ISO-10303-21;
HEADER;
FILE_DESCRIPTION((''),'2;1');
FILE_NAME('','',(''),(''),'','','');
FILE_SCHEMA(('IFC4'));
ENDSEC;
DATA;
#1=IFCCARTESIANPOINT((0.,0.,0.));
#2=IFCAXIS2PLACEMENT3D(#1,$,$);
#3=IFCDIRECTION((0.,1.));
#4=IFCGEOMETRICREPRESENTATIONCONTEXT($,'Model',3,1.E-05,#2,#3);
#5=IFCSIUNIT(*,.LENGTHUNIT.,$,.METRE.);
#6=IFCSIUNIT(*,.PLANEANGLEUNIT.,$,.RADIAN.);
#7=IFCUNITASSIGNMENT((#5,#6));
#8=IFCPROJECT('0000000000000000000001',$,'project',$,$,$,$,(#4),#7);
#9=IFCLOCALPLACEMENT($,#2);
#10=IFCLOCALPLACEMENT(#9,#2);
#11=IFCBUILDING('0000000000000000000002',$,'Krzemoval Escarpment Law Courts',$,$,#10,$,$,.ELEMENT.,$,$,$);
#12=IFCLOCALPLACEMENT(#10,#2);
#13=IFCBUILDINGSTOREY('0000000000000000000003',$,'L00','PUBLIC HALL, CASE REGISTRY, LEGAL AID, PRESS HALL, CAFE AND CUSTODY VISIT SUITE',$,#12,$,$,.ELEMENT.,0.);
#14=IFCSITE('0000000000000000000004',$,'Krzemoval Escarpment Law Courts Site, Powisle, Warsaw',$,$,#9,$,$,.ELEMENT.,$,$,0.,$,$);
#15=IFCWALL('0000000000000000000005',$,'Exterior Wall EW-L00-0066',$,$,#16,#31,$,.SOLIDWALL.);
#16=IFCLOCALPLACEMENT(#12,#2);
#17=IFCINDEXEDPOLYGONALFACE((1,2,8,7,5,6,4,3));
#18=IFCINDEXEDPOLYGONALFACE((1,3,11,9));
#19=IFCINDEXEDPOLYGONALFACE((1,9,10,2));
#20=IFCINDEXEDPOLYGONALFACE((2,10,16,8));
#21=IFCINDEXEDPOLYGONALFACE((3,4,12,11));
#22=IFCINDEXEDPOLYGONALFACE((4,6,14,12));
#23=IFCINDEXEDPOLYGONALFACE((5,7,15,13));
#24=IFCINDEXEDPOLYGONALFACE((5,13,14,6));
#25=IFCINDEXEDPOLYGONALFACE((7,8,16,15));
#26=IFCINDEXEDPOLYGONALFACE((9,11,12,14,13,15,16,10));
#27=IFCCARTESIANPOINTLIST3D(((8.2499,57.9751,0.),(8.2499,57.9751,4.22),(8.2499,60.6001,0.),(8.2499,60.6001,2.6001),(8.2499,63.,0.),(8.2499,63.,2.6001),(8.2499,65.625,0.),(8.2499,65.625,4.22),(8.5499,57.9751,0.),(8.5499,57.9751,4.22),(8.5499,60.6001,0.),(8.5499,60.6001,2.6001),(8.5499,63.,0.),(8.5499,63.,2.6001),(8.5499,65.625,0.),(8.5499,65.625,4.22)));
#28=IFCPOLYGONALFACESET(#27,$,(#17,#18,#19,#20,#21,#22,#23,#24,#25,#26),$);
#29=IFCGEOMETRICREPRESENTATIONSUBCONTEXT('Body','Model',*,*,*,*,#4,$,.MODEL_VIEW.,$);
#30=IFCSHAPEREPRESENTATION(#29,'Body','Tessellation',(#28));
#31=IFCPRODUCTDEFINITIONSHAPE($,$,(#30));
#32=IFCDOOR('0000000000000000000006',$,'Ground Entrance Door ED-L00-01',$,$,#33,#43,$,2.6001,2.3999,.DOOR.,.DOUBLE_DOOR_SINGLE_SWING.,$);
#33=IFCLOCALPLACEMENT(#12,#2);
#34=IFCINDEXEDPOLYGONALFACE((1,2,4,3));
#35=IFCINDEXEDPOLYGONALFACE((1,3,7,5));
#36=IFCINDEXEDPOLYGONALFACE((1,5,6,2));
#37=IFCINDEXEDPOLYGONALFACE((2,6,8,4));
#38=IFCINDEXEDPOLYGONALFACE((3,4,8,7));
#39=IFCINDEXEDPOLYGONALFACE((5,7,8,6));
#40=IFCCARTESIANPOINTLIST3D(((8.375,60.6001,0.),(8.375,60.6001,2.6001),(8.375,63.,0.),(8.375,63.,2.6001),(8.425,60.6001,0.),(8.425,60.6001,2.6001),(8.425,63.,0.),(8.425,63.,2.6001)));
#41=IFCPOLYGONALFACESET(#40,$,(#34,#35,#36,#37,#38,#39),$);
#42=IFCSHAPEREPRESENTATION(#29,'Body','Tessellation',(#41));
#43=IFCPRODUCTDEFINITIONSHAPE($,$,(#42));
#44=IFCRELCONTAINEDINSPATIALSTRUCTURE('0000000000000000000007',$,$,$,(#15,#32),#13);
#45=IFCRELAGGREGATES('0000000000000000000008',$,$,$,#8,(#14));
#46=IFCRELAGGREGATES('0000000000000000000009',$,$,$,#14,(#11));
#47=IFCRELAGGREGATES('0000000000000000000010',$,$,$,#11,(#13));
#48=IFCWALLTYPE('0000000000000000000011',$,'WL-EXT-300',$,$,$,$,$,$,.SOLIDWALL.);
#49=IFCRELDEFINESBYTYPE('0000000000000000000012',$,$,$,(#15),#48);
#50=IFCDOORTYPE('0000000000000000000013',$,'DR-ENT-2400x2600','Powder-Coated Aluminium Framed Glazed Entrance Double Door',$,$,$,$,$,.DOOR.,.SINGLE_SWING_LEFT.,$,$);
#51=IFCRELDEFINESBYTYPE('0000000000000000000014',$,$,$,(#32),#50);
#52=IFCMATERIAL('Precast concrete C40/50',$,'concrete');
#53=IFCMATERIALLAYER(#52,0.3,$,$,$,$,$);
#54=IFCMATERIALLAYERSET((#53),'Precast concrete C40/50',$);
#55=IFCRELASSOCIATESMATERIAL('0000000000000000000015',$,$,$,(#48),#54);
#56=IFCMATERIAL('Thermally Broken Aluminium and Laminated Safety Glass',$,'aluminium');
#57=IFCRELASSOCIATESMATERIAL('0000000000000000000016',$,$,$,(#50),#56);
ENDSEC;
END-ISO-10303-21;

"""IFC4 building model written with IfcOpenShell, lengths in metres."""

from ifc_helpers import new_model, si_unit, direction, frame, frame_2d, origin, place, context, subcontext, project, spatial, rectangle, extrude, material, layer, layer_set, type_object, element, fill, save


model = new_model("IFC4")

# Units and contexts
model_context = context("Model", 3, precision=1e-05, world=origin(), true_north=direction((0.0, 1.0)))
body_context = subcontext(model_context, "Body", "Model", "MODEL_VIEW")
ifc_project = project(units=[si_unit("LENGTHUNIT", "METRE"), si_unit("PLANEANGLEUNIT", "RADIAN")], contexts=[model_context])

# Site, building, storey
site_placement = place(None, origin())
site = spatial("IfcSite", under=ifc_project, at=site_placement, Name="Krzemoval Escarpment Law Courts Site, Powisle, Warsaw", CompositionType="ELEMENT", RefElevation=0.0)
building_placement = place(site_placement, origin())
building = spatial("IfcBuilding", under=site, at=building_placement, Name="Krzemoval Escarpment Law Courts", CompositionType="ELEMENT")
storey_placement = place(building_placement, origin())
storey = spatial("IfcBuildingStorey", under=building, at=storey_placement, Name="L00", Description="PUBLIC HALL, CASE REGISTRY, LEGAL AID, PRESS HALL, CAFE AND CUSTODY VISIT SUITE", CompositionType="ELEMENT", Elevation=0.0)

# Wall, opening, door
ifc_material_1 = material(Name="Precast concrete C40/50", Category="concrete")
ifc_layer_1 = layer(ifc_material_1, 0.3)
ifc_layer_set_1 = layer_set([ifc_layer_1], Name="Precast concrete C40/50")
wall_type = type_object("IfcWallType", Name="WL-EXT-300", PredefinedType="SOLIDWALL", material=ifc_layer_set_1)
wall_1_placement = place(storey_placement, frame((8.3999, 57.9751, 0.0), z_axis=(0.0, 0.0, 1.0), x_axis=(0.0, 1.0, 0.0)))
wall_1 = element("IfcWall", 1, at=wall_1_placement, inside=storey, type_object=wall_type, Name="Exterior Wall EW-L00-0066", PredefinedType="SOLIDWALL", context=body_context, shape_type="SweptSolid", body=[
    extrude(rectangle(XDim=7.6499, YDim=0.3, at=frame_2d((3.825, 0.0))), origin(), (0.0, 0.0, 1.0), 4.22),
])
opening_1_placement = place(wall_1_placement, frame((2.625, 0.0, 0.0)))
opening_1 = element("IfcOpeningElement", 2, at=opening_1_placement, cuts=wall_1, PredefinedType="OPENING", context=body_context, shape_type="SweptSolid", body=[
    extrude(rectangle(XDim=2.3999, YDim=2.6001, at=frame_2d((1.2, 1.3))), frame((0.0, 0.165, 0.0), z_axis=(0.0, -1.0, 0.0), x_axis=(1.0, 0.0, 0.0)), (0.0, 0.0, 1.0), 0.3301),
])
ifc_material_2 = material(Name="Thermally Broken Aluminium and Laminated Safety Glass", Category="aluminium")
door_type_1 = type_object("IfcDoorType", Name="DR-ENT-2400x2600", Description="Powder-Coated Aluminium Framed Glazed Entrance Double Door", OperationType="SINGLE_SWING_LEFT", PredefinedType="DOOR", material=ifc_material_2)
door_1_placement = place(opening_1_placement, origin())
door_1 = element("IfcDoor", 3, at=door_1_placement, inside=storey, type_object=door_type_1, Name="Ground Entrance Door ED-L00-01", OperationType="DOUBLE_DOOR_SINGLE_SWING", OverallHeight=2.6001, OverallWidth=2.3999, PredefinedType="DOOR", context=body_context, shape_type="SweptSolid", body=[
    extrude(rectangle(XDim=2.3999, YDim=2.6001, at=frame_2d((1.2, 1.3))), frame((0.0, 0.0249, 0.0), z_axis=(0.0, -1.0, 0.0), x_axis=(1.0, 0.0, 0.0)), (0.0, 0.0, 1.0), 0.05),
])
fill(opening_1, door_1)

save(model, "model.ifc")
